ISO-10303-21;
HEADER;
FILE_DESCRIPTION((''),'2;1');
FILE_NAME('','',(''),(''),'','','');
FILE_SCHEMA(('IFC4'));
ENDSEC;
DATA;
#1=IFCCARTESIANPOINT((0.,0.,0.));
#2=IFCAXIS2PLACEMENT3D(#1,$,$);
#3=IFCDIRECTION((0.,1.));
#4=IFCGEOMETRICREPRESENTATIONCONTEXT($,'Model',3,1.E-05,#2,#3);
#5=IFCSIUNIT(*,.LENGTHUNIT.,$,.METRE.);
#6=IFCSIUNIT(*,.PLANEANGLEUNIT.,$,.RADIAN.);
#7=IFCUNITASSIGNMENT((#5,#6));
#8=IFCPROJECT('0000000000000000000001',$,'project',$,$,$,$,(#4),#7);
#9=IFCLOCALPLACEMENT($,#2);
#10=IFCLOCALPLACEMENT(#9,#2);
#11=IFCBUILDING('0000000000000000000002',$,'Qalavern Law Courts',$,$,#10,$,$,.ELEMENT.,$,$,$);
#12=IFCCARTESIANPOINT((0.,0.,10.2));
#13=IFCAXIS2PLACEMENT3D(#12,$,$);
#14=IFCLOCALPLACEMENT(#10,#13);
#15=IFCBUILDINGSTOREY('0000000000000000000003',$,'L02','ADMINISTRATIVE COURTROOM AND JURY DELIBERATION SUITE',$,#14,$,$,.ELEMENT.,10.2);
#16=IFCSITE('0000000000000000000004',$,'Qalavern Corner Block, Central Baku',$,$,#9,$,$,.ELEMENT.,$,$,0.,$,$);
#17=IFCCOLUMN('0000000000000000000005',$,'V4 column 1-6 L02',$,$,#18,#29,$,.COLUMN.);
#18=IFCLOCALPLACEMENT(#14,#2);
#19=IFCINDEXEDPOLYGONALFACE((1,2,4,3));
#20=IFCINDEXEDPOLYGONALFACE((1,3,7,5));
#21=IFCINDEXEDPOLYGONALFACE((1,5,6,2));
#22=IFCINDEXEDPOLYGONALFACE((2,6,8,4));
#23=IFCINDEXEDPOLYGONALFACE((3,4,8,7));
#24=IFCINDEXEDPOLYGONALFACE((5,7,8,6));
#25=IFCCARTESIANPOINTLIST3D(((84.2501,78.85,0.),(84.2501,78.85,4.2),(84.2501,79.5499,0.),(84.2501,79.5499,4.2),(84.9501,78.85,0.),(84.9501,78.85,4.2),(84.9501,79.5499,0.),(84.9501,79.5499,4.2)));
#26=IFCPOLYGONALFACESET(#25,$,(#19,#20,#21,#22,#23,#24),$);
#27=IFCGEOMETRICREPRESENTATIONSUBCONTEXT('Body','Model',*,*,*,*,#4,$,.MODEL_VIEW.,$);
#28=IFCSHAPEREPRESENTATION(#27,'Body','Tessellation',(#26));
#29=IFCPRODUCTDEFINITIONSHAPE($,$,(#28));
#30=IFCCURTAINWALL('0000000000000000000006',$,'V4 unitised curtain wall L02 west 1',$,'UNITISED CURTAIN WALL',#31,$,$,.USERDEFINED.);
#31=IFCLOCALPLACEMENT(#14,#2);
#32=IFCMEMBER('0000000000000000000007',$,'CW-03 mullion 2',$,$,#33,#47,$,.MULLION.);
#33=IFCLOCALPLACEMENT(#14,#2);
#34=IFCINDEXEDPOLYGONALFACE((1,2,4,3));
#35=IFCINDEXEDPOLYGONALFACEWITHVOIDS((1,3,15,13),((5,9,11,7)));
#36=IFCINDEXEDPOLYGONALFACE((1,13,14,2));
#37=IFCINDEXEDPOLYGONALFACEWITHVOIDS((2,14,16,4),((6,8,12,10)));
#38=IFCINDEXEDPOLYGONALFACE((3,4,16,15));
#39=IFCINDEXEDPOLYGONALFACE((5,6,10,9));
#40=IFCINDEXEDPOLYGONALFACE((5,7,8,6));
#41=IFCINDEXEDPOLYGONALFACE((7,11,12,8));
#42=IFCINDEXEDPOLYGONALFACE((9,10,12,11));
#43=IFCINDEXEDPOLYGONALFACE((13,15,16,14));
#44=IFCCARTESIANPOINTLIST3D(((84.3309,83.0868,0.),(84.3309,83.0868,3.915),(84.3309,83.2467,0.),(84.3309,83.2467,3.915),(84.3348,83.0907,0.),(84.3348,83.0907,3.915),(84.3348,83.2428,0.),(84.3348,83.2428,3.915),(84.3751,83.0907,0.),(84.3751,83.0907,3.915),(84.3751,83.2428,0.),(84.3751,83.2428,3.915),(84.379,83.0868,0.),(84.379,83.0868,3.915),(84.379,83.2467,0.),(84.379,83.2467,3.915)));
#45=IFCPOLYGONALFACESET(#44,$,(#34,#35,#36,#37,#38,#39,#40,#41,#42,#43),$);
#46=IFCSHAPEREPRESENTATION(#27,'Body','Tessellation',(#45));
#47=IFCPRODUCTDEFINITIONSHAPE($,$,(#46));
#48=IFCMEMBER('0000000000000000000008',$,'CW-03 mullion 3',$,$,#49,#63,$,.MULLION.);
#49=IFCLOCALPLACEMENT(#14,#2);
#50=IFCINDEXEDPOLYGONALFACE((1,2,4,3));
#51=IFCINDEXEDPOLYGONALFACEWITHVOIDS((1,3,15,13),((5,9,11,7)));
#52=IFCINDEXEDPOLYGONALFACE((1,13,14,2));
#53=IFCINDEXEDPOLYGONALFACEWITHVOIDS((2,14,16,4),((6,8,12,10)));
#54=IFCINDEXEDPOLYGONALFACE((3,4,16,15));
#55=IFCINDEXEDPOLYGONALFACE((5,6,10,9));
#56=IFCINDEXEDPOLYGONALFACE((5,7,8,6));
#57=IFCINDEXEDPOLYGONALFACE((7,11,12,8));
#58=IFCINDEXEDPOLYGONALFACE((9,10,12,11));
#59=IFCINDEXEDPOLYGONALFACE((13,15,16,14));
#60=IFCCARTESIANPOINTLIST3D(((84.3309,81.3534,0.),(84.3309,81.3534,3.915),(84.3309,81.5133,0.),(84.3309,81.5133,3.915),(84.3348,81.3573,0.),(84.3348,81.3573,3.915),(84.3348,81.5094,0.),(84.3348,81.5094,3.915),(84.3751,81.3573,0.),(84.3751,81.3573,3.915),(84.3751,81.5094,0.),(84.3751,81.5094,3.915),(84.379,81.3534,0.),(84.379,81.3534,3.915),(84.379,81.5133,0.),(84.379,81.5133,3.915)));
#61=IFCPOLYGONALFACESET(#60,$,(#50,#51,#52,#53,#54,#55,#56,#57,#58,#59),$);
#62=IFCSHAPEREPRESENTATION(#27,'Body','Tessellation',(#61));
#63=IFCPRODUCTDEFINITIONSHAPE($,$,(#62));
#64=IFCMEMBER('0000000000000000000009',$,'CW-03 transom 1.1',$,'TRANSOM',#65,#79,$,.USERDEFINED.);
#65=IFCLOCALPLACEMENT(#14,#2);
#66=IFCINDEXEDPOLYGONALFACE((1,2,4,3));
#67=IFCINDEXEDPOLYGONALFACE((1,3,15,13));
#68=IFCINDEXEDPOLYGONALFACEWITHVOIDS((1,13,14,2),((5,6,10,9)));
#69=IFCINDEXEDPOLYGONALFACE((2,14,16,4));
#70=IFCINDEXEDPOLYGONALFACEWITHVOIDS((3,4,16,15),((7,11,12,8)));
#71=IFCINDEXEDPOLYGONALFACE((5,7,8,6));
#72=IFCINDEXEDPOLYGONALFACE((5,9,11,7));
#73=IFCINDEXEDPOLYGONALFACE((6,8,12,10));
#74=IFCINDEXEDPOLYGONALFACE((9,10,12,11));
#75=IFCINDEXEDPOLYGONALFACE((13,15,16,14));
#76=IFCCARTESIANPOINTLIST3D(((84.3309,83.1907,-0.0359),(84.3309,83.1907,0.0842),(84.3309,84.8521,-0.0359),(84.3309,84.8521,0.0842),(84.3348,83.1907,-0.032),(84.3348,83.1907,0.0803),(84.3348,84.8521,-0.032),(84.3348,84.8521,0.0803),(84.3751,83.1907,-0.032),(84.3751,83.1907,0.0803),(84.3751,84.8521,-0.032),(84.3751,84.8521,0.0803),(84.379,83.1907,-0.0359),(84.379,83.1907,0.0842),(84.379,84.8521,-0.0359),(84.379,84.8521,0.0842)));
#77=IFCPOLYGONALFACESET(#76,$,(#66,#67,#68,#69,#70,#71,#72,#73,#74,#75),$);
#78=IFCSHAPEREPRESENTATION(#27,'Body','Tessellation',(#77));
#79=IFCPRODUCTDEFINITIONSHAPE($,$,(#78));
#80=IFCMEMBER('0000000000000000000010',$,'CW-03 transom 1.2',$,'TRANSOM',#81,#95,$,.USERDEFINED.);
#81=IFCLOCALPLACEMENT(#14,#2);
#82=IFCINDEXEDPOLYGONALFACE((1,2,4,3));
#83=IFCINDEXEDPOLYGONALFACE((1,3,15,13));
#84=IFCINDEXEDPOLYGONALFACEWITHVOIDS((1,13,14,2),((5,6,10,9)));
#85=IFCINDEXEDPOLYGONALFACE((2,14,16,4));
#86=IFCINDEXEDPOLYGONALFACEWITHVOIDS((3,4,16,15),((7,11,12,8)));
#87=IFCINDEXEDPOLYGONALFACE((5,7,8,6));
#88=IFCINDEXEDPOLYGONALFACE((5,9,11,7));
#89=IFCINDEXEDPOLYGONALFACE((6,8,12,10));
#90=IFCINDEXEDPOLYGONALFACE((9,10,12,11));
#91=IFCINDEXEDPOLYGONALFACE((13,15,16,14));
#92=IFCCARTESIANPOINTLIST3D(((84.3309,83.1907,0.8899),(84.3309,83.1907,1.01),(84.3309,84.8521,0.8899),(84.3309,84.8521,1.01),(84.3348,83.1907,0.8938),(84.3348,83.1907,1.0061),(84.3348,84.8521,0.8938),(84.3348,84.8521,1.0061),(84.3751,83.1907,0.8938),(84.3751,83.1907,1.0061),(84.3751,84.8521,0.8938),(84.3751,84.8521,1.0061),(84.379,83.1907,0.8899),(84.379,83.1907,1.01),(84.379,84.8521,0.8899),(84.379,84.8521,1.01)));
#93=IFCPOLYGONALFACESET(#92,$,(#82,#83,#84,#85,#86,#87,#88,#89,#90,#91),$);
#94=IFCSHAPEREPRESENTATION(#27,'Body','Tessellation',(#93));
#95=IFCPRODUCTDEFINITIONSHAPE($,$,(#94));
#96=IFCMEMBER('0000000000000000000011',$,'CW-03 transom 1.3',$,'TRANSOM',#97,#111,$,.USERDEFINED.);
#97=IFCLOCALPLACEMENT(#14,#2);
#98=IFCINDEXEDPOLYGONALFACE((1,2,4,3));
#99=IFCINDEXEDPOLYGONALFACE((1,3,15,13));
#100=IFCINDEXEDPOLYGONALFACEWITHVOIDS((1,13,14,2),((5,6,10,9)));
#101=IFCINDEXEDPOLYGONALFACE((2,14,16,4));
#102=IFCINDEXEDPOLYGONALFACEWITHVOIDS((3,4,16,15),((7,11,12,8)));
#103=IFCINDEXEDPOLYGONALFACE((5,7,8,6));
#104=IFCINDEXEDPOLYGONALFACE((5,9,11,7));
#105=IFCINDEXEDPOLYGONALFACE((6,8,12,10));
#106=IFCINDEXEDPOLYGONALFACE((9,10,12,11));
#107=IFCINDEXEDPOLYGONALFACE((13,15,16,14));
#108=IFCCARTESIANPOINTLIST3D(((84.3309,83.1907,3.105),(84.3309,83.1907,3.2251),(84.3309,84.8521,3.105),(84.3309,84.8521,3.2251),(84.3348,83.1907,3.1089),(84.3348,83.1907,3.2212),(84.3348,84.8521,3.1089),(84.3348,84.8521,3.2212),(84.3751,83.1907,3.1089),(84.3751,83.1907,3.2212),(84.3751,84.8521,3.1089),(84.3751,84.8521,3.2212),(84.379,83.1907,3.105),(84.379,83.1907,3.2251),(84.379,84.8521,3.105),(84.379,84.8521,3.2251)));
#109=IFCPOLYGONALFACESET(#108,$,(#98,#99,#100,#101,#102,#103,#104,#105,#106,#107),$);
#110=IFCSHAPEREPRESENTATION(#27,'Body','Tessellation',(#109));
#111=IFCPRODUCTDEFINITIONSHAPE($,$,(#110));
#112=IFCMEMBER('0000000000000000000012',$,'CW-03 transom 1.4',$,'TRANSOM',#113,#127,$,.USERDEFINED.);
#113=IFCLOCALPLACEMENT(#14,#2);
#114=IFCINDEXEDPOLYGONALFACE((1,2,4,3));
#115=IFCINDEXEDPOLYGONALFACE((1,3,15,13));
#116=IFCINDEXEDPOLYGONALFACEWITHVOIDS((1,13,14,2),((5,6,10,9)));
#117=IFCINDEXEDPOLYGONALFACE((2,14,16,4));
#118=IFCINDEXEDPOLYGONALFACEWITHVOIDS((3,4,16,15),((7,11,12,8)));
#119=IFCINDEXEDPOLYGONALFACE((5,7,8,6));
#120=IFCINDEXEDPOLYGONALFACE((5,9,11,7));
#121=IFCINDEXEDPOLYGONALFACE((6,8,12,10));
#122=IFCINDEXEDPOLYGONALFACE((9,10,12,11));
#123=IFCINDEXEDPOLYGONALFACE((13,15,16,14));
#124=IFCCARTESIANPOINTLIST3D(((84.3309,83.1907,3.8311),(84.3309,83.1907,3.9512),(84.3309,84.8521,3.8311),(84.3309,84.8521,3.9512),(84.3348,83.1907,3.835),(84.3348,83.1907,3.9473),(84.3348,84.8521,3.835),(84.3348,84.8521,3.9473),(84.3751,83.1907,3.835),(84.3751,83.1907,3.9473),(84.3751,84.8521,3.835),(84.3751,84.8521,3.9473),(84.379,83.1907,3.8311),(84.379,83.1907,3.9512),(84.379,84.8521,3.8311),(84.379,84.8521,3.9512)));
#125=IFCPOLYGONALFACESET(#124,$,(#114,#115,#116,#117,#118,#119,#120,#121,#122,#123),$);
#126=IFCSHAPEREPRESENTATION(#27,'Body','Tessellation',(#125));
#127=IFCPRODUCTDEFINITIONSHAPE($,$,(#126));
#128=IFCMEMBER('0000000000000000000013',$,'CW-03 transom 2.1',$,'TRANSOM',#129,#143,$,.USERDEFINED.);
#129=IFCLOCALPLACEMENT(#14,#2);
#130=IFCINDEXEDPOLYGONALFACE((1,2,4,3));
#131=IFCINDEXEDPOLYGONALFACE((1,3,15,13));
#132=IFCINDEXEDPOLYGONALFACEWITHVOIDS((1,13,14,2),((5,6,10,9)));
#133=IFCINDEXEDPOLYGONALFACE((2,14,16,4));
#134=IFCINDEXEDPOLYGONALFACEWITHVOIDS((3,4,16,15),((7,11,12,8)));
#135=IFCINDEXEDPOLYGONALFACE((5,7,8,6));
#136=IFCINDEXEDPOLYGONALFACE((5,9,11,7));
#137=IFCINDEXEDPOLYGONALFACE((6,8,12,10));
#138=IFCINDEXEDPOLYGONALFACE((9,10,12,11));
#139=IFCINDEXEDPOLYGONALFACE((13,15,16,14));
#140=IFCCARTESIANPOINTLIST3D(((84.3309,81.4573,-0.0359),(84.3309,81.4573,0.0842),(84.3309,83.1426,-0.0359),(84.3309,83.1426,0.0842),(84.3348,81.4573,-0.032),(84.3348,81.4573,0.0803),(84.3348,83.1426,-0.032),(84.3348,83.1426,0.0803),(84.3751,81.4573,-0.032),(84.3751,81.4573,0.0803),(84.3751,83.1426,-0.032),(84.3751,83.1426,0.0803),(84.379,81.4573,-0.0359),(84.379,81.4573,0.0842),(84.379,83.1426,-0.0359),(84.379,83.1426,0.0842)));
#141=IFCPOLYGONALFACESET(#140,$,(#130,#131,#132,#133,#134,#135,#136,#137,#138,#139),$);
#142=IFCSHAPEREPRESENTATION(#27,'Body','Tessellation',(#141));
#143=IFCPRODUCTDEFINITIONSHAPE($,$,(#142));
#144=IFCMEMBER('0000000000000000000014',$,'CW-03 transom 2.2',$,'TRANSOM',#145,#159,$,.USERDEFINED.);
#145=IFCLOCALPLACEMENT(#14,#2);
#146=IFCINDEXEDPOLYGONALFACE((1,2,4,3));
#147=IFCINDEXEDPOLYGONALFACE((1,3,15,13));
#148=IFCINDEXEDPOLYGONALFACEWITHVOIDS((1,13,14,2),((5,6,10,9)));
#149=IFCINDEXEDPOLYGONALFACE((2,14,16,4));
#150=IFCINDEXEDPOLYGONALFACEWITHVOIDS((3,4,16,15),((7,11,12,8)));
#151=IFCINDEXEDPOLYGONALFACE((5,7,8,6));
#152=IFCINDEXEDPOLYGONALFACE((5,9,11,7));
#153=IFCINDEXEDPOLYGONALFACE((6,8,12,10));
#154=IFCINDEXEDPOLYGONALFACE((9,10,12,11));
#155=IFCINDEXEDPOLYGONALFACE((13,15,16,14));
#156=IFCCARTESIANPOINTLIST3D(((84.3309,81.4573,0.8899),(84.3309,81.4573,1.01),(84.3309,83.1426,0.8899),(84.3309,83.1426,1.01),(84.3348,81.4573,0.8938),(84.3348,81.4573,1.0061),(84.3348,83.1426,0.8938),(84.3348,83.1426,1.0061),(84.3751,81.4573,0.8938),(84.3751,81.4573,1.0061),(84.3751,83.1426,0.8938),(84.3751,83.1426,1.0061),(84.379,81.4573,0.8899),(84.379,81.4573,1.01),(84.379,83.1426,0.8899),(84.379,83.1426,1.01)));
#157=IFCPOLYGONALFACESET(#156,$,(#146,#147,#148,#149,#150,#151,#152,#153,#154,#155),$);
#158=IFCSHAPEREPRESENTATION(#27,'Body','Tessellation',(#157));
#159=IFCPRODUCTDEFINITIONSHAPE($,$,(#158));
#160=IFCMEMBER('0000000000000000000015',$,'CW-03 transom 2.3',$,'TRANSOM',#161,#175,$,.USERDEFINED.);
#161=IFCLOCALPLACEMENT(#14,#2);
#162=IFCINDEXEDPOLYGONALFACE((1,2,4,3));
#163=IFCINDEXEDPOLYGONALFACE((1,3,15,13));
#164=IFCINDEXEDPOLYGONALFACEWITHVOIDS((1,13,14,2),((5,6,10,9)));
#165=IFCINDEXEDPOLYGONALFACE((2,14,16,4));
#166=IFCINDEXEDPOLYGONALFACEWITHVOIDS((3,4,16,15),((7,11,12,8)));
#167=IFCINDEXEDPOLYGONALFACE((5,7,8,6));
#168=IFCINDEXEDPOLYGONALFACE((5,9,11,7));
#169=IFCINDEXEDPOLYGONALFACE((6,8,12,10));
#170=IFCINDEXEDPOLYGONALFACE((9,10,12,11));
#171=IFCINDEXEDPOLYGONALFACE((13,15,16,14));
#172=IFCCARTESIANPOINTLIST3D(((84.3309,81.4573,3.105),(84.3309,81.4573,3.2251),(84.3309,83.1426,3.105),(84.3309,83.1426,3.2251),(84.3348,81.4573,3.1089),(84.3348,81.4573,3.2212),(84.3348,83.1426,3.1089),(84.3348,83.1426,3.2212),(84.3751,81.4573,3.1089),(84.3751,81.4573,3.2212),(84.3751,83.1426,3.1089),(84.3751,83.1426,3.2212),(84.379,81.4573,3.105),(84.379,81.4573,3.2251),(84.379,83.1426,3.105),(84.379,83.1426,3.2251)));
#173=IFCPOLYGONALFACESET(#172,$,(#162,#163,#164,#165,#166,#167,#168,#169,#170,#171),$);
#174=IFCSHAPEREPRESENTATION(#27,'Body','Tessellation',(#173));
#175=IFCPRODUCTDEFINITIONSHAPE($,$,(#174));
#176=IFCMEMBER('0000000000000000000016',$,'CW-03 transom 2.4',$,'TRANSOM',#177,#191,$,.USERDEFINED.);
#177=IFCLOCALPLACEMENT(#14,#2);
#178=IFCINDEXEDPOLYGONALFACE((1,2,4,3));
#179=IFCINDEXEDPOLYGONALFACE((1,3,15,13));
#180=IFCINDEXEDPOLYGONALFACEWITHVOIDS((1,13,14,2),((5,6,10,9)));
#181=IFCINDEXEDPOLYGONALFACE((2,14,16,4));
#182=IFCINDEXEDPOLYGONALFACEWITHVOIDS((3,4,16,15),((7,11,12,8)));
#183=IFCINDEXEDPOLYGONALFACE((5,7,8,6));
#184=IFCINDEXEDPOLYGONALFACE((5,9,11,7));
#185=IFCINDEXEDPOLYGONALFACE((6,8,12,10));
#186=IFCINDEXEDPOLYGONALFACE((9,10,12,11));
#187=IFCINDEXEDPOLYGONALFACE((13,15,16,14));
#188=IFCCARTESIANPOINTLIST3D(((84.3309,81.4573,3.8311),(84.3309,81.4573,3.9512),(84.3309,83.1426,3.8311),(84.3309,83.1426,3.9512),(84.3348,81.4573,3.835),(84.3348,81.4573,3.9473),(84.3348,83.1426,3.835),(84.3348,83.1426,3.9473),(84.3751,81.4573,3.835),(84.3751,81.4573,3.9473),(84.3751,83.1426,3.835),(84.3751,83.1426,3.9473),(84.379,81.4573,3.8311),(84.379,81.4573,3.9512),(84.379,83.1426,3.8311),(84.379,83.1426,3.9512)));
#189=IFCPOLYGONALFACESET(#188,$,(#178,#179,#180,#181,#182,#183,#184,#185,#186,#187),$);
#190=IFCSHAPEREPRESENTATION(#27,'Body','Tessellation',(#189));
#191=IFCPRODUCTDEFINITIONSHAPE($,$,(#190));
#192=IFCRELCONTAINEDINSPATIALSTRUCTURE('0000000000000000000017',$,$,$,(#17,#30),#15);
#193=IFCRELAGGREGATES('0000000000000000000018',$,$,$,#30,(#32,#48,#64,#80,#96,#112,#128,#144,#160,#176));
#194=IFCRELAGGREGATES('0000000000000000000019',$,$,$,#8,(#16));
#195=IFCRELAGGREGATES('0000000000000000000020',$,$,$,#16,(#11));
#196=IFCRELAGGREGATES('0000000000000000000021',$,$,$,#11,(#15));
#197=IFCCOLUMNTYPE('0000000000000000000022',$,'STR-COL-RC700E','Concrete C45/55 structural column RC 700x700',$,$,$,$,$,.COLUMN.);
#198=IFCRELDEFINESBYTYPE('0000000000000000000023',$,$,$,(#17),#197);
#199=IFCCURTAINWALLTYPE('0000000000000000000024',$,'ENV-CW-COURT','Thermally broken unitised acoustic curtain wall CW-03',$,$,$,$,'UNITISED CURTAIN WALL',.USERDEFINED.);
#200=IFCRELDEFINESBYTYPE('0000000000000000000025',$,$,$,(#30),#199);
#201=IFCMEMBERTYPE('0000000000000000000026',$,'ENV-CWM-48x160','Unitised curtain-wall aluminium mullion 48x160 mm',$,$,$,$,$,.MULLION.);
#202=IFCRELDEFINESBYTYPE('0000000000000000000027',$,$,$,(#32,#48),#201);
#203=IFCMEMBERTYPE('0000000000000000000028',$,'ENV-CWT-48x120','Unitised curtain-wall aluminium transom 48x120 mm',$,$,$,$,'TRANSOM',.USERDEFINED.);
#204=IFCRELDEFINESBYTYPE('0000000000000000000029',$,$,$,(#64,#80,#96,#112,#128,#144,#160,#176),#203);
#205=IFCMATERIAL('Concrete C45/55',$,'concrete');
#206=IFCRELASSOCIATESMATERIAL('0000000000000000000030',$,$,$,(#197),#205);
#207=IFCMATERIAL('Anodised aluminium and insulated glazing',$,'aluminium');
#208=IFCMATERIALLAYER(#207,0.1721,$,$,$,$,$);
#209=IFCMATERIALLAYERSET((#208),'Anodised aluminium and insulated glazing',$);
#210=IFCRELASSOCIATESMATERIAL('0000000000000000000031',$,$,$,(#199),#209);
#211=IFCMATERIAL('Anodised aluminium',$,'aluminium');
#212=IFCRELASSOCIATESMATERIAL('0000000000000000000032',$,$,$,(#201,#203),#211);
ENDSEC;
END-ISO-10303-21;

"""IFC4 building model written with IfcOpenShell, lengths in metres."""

from ifc_helpers import new_model, si_unit, direction, frame, origin, origin_2d, place, context, subcontext, project, spatial, rectangle, hollow_rectangle, extrude, material, layer, layer_set, material_profile, profile_set, type_object, element, aggregate, save


model = new_model("IFC4")

# Units and contexts
model_context = context("Model", 3, precision=1e-05, world=origin(), true_north=direction((0.0, 1.0)))
body_context = subcontext(model_context, "Body", "Model", "MODEL_VIEW")
ifc_project = project(units=[si_unit("LENGTHUNIT", "METRE"), si_unit("PLANEANGLEUNIT", "RADIAN")], contexts=[model_context])

# Site, building, storey
site_placement = place(None, origin())
site = spatial("IfcSite", under=ifc_project, at=site_placement, Name="Qalavern Corner Block, Central Baku", CompositionType="ELEMENT", RefElevation=0.0)
building_placement = place(site_placement, origin())
building = spatial("IfcBuilding", under=site, at=building_placement, Name="Qalavern Law Courts", CompositionType="ELEMENT")
storey_placement = place(building_placement, frame((0.0, 0.0, 10.2)))
storey = spatial("IfcBuildingStorey", under=building, at=storey_placement, Name="L02", Description="ADMINISTRATIVE COURTROOM AND JURY DELIBERATION SUITE", CompositionType="ELEMENT", Elevation=10.2)

# Column
ifc_material_1 = material(Name="Concrete C45/55", Category="concrete")
ifc_material_profile_1 = material_profile(ifc_material_1, rectangle(XDim=0.7, YDim=0.7, at=origin_2d()), Name="RC 700x700")
ifc_profile_set_1 = profile_set([ifc_material_profile_1], Name="Concrete C45/55")
column_type = type_object("IfcColumnType", Name="STR-COL-RC700E", Description="Concrete C45/55 structural column RC 700x700", PredefinedType="COLUMN", material=ifc_profile_set_1)
column_placement = place(storey_placement, frame((84.6001, 79.2, 0.0), z_axis=(0.0, 0.0, 1.0), x_axis=(1.0, 0.0, 0.0)))
element("IfcColumn", 1, at=column_placement, inside=storey, type_object=column_type, Name="V4 column 1-6 L02", PredefinedType="COLUMN", context=body_context, shape_type="SweptSolid", body=[
    extrude(rectangle(XDim=0.7, YDim=0.7, at=origin_2d()), origin(), (0.0, 0.0, 1.0), 4.2),
])

# Curtain wall, members
ifc_material_2 = material(Name="Anodised aluminium and insulated glazing", Category="aluminium")
ifc_layer_1 = layer(ifc_material_2, 0.1721)
ifc_layer_set_1 = layer_set([ifc_layer_1], Name="Anodised aluminium and insulated glazing")
curtain_wall_type = type_object("IfcCurtainWallType", Name="ENV-CW-COURT", Description="Thermally broken unitised acoustic curtain wall CW-03", ElementType="UNITISED CURTAIN WALL", PredefinedType="USERDEFINED", material=ifc_layer_set_1)
curtain_wall_placement = place(storey_placement, origin())
curtain_wall = element("IfcCurtainWall", 2, at=curtain_wall_placement, inside=storey, type_object=curtain_wall_type, Name="V4 unitised curtain wall L02 west 1", ObjectType="UNITISED CURTAIN WALL", PredefinedType="USERDEFINED")
ifc_material_3 = material(Name="Anodised aluminium", Category="aluminium")
ifc_material_profile_2 = material_profile(ifc_material_3, hollow_rectangle(XDim=0.0481, YDim=0.1599, WallThickness=0.0039, at=origin_2d()), Name="ALU MULLION 48x160")
ifc_profile_set_2 = profile_set([ifc_material_profile_2], Name="Anodised aluminium")
member_type_1 = type_object("IfcMemberType", Name="ENV-CWM-48x160", Description="Unitised curtain-wall aluminium mullion 48x160 mm", PredefinedType="MULLION", material=ifc_profile_set_2)
member_1_placement = place(storey_placement, frame((84.355, 83.1667, 0.0), z_axis=(0.0, 0.0, 1.0), x_axis=(1.0, 0.0, 0.0)))
member_1 = element("IfcMember", 3, at=member_1_placement, type_object=member_type_1, Name="CW-03 mullion 2", PredefinedType="MULLION", context=body_context, shape_type="SweptSolid", body=[
    extrude(hollow_rectangle(XDim=0.0481, YDim=0.1599, WallThickness=0.0039, at=origin_2d()), origin(), (0.0, 0.0, 1.0), 3.915),
])
member_2_placement = place(storey_placement, frame((84.355, 81.4333, 0.0), z_axis=(0.0, 0.0, 1.0), x_axis=(1.0, 0.0, 0.0)))
member_2 = element("IfcMember", 4, at=member_2_placement, type_object=member_type_1, Name="CW-03 mullion 3", PredefinedType="MULLION", context=body_context, shape_type="SweptSolid", body=[
    extrude(hollow_rectangle(XDim=0.0481, YDim=0.1599, WallThickness=0.0039, at=origin_2d()), origin(), (0.0, 0.0, 1.0), 3.915),
])
ifc_material_profile_3 = material_profile(ifc_material_3, hollow_rectangle(XDim=0.0481, YDim=0.1201, WallThickness=0.0039, at=origin_2d()), Name="ALU TRANSOM 48x120")
ifc_profile_set_3 = profile_set([ifc_material_profile_3], Name="Anodised aluminium")
member_type_2 = type_object("IfcMemberType", Name="ENV-CWT-48x120", Description="Unitised curtain-wall aluminium transom 48x120 mm", ElementType="TRANSOM", PredefinedType="USERDEFINED", material=ifc_profile_set_3)
member_3_placement = place(storey_placement, frame((84.355, 84.8521, 0.0242), z_axis=(0.0, -1.0, 0.0), x_axis=(1.0, 0.0, 0.0)))
member_3 = element("IfcMember", 5, at=member_3_placement, type_object=member_type_2, Name="CW-03 transom 1.1", ObjectType="TRANSOM", PredefinedType="USERDEFINED", context=body_context, shape_type="SweptSolid", body=[
    extrude(hollow_rectangle(XDim=0.0481, YDim=0.1201, WallThickness=0.0039, at=origin_2d()), origin(), (0.0, 0.0, 1.0), 1.6614),
])
member_4_placement = place(storey_placement, frame((84.355, 84.8521, 0.95), z_axis=(0.0, -1.0, 0.0), x_axis=(1.0, 0.0, 0.0)))
member_4 = element("IfcMember", 6, at=member_4_placement, type_object=member_type_2, Name="CW-03 transom 1.2", ObjectType="TRANSOM", PredefinedType="USERDEFINED", context=body_context, shape_type="SweptSolid", body=[
    extrude(hollow_rectangle(XDim=0.0481, YDim=0.1201, WallThickness=0.0039, at=origin_2d()), origin(), (0.0, 0.0, 1.0), 1.6614),
])
member_5_placement = place(storey_placement, frame((84.355, 84.8521, 3.165), z_axis=(0.0, -1.0, 0.0), x_axis=(1.0, 0.0, 0.0)))
member_5 = element("IfcMember", 7, at=member_5_placement, type_object=member_type_2, Name="CW-03 transom 1.3", ObjectType="TRANSOM", PredefinedType="USERDEFINED", context=body_context, shape_type="SweptSolid", body=[
    extrude(hollow_rectangle(XDim=0.0481, YDim=0.1201, WallThickness=0.0039, at=origin_2d()), origin(), (0.0, 0.0, 1.0), 1.6614),
])
member_6_placement = place(storey_placement, frame((84.355, 84.8521, 3.8911), z_axis=(0.0, -1.0, 0.0), x_axis=(1.0, 0.0, 0.0)))
member_6 = element("IfcMember", 8, at=member_6_placement, type_object=member_type_2, Name="CW-03 transom 1.4", ObjectType="TRANSOM", PredefinedType="USERDEFINED", context=body_context, shape_type="SweptSolid", body=[
    extrude(hollow_rectangle(XDim=0.0481, YDim=0.1201, WallThickness=0.0039, at=origin_2d()), origin(), (0.0, 0.0, 1.0), 1.6614),
])
member_7_placement = place(storey_placement, frame((84.355, 83.1426, 0.0242), z_axis=(0.0, -1.0, 0.0), x_axis=(1.0, 0.0, 0.0)))
member_7 = element("IfcMember", 9, at=member_7_placement, type_object=member_type_2, Name="CW-03 transom 2.1", ObjectType="TRANSOM", PredefinedType="USERDEFINED", context=body_context, shape_type="SweptSolid", body=[
    extrude(hollow_rectangle(XDim=0.0481, YDim=0.1201, WallThickness=0.0039, at=origin_2d()), origin(), (0.0, 0.0, 1.0), 1.6853),
])
member_8_placement = place(storey_placement, frame((84.355, 83.1426, 0.95), z_axis=(0.0, -1.0, 0.0), x_axis=(1.0, 0.0, 0.0)))
member_8 = element("IfcMember", 10, at=member_8_placement, type_object=member_type_2, Name="CW-03 transom 2.2", ObjectType="TRANSOM", PredefinedType="USERDEFINED", context=body_context, shape_type="SweptSolid", body=[
    extrude(hollow_rectangle(XDim=0.0481, YDim=0.1201, WallThickness=0.0039, at=origin_2d()), origin(), (0.0, 0.0, 1.0), 1.6853),
])
member_9_placement = place(storey_placement, frame((84.355, 83.1426, 3.165), z_axis=(0.0, -1.0, 0.0), x_axis=(1.0, 0.0, 0.0)))
member_9 = element("IfcMember", 11, at=member_9_placement, type_object=member_type_2, Name="CW-03 transom 2.3", ObjectType="TRANSOM", PredefinedType="USERDEFINED", context=body_context, shape_type="SweptSolid", body=[
    extrude(hollow_rectangle(XDim=0.0481, YDim=0.1201, WallThickness=0.0039, at=origin_2d()), origin(), (0.0, 0.0, 1.0), 1.6853),
])
member_10_placement = place(storey_placement, frame((84.355, 83.1426, 3.8911), z_axis=(0.0, -1.0, 0.0), x_axis=(1.0, 0.0, 0.0)))
member_10 = element("IfcMember", 12, at=member_10_placement, type_object=member_type_2, Name="CW-03 transom 2.4", ObjectType="TRANSOM", PredefinedType="USERDEFINED", context=body_context, shape_type="SweptSolid", body=[
    extrude(hollow_rectangle(XDim=0.0481, YDim=0.1201, WallThickness=0.0039, at=origin_2d()), origin(), (0.0, 0.0, 1.0), 1.6853),
])

aggregate(curtain_wall, [member_1, member_2, member_3, member_4, member_5, member_6, member_7, member_8, member_9, member_10])

save(model, "model.ifc")
